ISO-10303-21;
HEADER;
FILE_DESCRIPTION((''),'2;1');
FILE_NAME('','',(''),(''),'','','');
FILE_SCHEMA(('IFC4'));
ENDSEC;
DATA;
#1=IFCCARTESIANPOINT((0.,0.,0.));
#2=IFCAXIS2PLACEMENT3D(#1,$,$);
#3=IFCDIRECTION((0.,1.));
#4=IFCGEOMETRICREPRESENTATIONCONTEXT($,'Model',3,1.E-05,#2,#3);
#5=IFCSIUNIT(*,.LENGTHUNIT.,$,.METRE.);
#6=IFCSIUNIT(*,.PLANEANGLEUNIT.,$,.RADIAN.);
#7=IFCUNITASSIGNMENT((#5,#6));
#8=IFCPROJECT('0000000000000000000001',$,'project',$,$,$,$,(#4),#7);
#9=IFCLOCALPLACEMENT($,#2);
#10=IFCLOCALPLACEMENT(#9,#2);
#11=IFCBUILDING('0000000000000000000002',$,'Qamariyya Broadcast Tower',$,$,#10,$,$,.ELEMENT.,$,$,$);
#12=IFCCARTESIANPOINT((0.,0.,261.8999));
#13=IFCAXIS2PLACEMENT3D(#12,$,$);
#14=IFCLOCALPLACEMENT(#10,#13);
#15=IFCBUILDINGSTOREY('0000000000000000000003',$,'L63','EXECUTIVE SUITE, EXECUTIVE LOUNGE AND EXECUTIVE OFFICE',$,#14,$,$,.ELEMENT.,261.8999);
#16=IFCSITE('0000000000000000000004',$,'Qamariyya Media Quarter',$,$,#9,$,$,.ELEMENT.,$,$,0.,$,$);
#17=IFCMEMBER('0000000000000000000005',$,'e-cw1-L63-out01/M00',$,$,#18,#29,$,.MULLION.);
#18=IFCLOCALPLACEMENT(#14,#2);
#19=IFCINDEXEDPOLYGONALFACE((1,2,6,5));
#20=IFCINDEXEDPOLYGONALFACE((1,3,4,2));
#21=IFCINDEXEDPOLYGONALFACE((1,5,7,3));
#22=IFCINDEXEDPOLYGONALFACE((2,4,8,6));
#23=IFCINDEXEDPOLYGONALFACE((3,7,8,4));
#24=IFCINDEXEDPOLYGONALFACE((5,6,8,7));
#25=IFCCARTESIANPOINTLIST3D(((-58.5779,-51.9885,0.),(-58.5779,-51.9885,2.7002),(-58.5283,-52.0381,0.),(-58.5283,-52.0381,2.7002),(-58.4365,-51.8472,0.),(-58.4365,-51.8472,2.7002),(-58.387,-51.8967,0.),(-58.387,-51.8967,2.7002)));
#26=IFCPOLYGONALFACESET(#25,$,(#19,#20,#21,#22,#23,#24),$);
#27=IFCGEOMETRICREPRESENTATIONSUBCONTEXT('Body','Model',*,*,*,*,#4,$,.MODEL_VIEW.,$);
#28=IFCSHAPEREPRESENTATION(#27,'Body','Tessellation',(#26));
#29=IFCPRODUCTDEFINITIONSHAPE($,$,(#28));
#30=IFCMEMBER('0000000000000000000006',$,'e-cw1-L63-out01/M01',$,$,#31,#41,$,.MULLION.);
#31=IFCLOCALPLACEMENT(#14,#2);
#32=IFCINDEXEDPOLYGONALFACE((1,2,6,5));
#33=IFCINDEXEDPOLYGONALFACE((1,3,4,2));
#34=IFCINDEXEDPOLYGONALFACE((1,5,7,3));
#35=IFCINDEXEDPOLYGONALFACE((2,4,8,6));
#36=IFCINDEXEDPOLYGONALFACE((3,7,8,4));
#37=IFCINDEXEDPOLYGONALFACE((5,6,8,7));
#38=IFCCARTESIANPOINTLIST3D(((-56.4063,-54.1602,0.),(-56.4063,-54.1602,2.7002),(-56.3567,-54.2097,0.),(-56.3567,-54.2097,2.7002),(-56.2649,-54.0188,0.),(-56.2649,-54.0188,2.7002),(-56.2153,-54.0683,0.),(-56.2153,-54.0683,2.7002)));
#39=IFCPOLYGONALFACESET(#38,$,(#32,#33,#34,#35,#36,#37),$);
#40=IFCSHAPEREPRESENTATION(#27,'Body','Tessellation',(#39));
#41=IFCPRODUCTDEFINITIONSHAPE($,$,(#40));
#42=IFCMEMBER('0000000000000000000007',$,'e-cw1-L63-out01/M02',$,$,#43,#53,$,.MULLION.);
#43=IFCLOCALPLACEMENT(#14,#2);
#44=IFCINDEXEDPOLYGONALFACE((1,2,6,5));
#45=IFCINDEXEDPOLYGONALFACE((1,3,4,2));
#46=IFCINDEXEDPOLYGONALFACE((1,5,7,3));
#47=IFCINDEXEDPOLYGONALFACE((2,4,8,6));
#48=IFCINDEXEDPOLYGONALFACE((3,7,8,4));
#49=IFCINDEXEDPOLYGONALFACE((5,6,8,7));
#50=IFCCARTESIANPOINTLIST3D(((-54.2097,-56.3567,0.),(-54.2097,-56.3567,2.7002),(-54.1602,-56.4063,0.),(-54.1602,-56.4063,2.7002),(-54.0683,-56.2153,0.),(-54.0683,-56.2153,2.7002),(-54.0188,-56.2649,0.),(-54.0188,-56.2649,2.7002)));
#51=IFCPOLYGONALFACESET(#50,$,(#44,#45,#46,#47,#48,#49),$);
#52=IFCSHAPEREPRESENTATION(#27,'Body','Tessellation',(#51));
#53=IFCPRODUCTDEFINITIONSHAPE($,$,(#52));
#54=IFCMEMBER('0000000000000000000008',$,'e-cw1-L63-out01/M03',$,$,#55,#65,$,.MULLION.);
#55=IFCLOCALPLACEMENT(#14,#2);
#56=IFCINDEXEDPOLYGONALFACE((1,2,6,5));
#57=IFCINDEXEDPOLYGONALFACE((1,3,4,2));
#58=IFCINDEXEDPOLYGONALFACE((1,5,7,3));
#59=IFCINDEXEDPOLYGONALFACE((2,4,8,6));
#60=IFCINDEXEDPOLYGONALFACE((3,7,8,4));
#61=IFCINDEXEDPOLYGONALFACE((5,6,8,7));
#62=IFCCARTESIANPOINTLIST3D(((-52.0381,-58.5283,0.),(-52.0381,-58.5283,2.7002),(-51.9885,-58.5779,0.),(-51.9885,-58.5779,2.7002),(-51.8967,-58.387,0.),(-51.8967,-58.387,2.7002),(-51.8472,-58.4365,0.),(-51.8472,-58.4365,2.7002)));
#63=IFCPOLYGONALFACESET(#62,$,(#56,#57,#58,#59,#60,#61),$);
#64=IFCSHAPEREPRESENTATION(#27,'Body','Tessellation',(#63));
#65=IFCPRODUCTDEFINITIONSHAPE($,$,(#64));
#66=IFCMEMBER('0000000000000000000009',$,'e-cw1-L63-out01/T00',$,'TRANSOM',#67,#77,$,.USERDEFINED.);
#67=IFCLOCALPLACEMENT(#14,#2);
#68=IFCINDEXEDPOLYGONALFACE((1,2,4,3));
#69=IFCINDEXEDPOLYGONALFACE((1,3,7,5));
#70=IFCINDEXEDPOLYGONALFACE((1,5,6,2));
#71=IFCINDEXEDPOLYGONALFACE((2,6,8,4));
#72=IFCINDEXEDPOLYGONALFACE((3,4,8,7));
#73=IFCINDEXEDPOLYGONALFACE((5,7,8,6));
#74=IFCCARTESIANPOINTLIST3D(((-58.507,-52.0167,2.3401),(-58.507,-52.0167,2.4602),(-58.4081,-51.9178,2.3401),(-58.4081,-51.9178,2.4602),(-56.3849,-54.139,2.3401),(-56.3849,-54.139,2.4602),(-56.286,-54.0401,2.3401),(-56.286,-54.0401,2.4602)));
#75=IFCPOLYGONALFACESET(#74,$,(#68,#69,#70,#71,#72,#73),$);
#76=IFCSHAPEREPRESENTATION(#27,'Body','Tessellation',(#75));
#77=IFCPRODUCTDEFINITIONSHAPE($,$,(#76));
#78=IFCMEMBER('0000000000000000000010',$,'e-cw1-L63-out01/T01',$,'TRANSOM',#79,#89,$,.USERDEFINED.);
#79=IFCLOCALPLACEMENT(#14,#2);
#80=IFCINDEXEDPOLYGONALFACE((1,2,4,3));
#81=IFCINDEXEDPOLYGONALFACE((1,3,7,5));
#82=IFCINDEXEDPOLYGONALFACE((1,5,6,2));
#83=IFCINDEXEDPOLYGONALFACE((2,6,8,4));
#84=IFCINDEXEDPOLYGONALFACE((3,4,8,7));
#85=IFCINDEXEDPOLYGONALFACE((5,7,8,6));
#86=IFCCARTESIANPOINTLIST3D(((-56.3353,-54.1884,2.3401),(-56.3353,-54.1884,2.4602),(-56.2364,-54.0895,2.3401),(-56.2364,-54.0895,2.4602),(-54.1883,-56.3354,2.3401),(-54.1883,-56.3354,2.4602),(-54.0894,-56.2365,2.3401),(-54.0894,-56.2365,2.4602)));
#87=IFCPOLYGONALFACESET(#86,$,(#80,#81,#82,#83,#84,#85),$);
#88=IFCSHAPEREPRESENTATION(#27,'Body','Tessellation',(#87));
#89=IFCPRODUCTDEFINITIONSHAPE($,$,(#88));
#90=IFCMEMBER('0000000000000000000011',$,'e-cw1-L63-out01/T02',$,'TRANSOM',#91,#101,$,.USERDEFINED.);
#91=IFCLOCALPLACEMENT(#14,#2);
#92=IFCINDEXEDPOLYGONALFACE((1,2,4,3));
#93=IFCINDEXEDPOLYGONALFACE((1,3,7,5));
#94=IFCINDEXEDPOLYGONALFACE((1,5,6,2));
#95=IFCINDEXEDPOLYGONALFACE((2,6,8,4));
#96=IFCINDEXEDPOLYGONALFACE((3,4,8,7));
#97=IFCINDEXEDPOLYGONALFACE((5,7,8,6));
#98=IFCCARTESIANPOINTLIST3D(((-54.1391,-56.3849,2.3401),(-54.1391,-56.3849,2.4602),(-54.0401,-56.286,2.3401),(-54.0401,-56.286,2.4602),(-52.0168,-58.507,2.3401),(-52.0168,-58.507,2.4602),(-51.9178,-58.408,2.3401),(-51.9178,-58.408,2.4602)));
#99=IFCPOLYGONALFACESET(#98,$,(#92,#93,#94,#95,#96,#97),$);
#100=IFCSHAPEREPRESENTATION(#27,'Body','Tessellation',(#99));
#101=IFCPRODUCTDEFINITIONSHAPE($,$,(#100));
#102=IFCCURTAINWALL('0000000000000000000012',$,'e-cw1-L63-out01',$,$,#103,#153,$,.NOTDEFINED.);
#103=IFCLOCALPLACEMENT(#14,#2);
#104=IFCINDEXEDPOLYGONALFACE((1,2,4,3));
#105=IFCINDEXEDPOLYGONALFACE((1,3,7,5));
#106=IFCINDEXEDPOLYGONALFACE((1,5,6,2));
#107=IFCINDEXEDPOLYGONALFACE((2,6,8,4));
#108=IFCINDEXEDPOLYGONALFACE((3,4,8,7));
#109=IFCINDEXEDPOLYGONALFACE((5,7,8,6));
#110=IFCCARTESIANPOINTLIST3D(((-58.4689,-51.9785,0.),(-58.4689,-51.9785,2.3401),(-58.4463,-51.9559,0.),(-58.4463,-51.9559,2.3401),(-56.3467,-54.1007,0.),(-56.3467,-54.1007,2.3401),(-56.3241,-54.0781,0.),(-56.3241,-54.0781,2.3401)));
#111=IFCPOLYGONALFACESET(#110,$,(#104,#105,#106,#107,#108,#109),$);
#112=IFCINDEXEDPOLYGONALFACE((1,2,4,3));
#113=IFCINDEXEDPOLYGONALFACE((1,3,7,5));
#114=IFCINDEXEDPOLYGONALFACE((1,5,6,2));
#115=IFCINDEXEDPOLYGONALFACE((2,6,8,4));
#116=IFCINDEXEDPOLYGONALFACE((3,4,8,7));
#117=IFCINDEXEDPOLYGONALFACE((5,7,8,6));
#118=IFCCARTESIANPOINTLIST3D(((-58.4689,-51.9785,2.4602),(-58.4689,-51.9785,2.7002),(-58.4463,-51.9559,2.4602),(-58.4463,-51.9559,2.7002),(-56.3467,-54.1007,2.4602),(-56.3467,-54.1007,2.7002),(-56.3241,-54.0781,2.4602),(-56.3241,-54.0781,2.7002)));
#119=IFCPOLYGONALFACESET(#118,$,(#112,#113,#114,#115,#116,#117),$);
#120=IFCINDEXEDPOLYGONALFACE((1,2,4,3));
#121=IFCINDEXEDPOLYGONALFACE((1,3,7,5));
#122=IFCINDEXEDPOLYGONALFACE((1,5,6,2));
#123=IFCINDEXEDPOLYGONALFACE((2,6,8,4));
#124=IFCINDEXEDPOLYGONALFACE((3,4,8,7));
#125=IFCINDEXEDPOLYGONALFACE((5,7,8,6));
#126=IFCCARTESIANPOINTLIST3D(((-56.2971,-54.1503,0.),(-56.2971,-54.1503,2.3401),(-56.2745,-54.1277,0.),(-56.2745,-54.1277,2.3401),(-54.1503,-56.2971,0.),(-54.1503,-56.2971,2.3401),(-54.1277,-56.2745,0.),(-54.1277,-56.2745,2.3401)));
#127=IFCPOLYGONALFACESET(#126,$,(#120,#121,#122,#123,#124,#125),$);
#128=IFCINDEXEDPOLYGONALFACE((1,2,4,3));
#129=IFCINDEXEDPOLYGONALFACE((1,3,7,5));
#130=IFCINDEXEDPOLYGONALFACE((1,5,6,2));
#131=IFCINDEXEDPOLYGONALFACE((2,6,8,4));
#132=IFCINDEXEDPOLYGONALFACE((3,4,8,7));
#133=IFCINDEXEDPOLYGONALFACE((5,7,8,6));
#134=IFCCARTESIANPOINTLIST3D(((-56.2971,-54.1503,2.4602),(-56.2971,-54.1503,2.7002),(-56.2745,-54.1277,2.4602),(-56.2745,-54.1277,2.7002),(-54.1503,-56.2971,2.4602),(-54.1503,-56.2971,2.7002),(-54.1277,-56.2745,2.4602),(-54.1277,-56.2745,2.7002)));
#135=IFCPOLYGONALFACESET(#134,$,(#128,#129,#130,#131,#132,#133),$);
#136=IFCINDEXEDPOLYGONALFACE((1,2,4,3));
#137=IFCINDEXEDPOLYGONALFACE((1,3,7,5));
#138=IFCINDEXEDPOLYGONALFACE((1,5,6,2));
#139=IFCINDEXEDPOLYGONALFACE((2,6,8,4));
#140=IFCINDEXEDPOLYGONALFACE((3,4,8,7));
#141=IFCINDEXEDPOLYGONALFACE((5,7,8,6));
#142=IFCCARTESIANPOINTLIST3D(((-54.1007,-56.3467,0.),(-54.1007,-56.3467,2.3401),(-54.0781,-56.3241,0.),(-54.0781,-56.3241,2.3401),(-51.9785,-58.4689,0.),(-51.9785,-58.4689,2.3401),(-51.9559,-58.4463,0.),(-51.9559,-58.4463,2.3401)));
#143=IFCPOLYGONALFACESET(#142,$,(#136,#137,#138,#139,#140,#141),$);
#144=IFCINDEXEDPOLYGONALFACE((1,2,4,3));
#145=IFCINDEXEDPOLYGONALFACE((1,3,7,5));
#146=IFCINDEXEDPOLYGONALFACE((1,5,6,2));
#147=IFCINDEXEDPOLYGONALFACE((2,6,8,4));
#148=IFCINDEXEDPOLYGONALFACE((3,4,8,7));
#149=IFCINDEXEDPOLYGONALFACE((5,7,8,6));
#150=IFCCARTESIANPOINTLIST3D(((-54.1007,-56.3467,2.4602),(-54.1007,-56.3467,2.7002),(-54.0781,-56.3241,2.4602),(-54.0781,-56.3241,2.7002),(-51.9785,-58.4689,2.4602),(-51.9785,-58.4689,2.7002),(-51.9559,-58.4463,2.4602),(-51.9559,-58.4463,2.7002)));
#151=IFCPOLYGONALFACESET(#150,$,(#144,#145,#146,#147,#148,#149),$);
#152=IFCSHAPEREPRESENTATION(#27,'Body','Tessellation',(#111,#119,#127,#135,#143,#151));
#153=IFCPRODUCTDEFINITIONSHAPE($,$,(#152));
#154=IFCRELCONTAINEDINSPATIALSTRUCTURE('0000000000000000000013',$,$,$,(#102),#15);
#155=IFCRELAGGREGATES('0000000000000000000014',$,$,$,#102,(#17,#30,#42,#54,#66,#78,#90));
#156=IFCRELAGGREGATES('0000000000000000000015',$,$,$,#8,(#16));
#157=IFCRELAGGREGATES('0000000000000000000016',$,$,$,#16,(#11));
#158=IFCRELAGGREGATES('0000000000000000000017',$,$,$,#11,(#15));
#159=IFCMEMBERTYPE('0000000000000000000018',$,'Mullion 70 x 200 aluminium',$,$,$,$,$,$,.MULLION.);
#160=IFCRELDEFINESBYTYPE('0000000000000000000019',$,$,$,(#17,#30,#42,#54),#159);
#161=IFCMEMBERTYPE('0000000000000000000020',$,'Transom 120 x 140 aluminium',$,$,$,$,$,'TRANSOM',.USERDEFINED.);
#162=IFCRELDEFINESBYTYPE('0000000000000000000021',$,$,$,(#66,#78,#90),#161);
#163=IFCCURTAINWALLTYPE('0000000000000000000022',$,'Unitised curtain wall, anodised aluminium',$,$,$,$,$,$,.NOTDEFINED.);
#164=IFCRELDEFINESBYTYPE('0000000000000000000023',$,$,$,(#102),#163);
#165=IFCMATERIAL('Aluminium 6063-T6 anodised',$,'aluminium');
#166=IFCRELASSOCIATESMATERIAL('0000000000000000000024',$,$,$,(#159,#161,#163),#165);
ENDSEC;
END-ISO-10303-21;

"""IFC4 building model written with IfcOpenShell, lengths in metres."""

from ifc_helpers import new_model, si_unit, direction, frame, origin, origin_2d, place, context, subcontext, project, spatial, rectangle, extrude, material, material_profile, profile_set, type_object, element, aggregate, save


model = new_model("IFC4")

# Units and contexts
model_context = context("Model", 3, precision=1e-05, world=origin(), true_north=direction((0.0, 1.0)))
body_context = subcontext(model_context, "Body", "Model", "MODEL_VIEW")
ifc_project = project(units=[si_unit("LENGTHUNIT", "METRE"), si_unit("PLANEANGLEUNIT", "RADIAN")], contexts=[model_context])

# Members
ifc_material = material(Name="Aluminium 6063-T6 anodised", Category="aluminium")
ifc_material_profile_1 = material_profile(ifc_material, rectangle(XDim=0.2, YDim=0.0701, at=origin_2d()))
ifc_profile_set_1 = profile_set([ifc_material_profile_1], Name="Aluminium 6063-T6 anodised")
member_type_1 = type_object("IfcMemberType", Name="Mullion 70 x 200 aluminium", PredefinedType="MULLION", material=ifc_profile_set_1)
site_placement = place(None, origin())
building_placement = place(site_placement, origin())
storey_placement = place(building_placement, frame((0.0, 0.0, 261.8999)))
member_1_placement = place(storey_placement, frame((-58.4824, -51.9426, 0.0), z_axis=(0.0, 0.0, 1.0), x_axis=(0.707107, 0.707107, 0.0)))
member_1 = element("IfcMember", 1, at=member_1_placement, type_object=member_type_1, Name="e-cw1-L63-out01/M00", PredefinedType="MULLION", context=body_context, shape_type="SweptSolid", body=[
    extrude(rectangle(XDim=0.2, YDim=0.0701, at=origin_2d()), origin(), (0.0, 0.0, 1.0), 2.7002),
])
member_2_placement = place(storey_placement, frame((-56.3108, -54.1143, 0.0), z_axis=(0.0, 0.0, 1.0), x_axis=(0.707107, 0.707107, 0.0)))
member_2 = element("IfcMember", 2, at=member_2_placement, type_object=member_type_1, Name="e-cw1-L63-out01/M01", PredefinedType="MULLION", context=body_context, shape_type="SweptSolid", body=[
    extrude(rectangle(XDim=0.2, YDim=0.0701, at=origin_2d()), origin(), (0.0, 0.0, 1.0), 2.7002),
])
member_3_placement = place(storey_placement, frame((-54.1143, -56.3108, 0.0), z_axis=(0.0, 0.0, 1.0), x_axis=(0.707107, 0.707107, 0.0)))
member_3 = element("IfcMember", 3, at=member_3_placement, type_object=member_type_1, Name="e-cw1-L63-out01/M02", PredefinedType="MULLION", context=body_context, shape_type="SweptSolid", body=[
    extrude(rectangle(XDim=0.2, YDim=0.0701, at=origin_2d()), origin(), (0.0, 0.0, 1.0), 2.7002),
])
member_4_placement = place(storey_placement, frame((-51.9426, -58.4824, 0.0), z_axis=(0.0, 0.0, 1.0), x_axis=(0.707107, 0.707107, 0.0)))
member_4 = element("IfcMember", 4, at=member_4_placement, type_object=member_type_1, Name="e-cw1-L63-out01/M03", PredefinedType="MULLION", context=body_context, shape_type="SweptSolid", body=[
    extrude(rectangle(XDim=0.2, YDim=0.0701, at=origin_2d()), origin(), (0.0, 0.0, 1.0), 2.7002),
])
ifc_material_profile_2 = material_profile(ifc_material, rectangle(XDim=0.1399, YDim=0.1201, at=origin_2d()))
ifc_profile_set_2 = profile_set([ifc_material_profile_2], Name="Aluminium 6063-T6 anodised")
member_type_2 = type_object("IfcMemberType", Name="Transom 120 x 140 aluminium", ElementType="TRANSOM", PredefinedType="USERDEFINED", material=ifc_profile_set_2)
member_5_placement = place(storey_placement, frame((-58.4575, -51.9673, 2.4001), z_axis=(0.707066, -0.707147, 0.0), x_axis=(0.707147, 0.707066, 0.0)))
member_5 = element("IfcMember", 5, at=member_5_placement, type_object=member_type_2, Name="e-cw1-L63-out01/T00", ObjectType="TRANSOM", PredefinedType="USERDEFINED", context=body_context, shape_type="SweptSolid", body=[
    extrude(rectangle(XDim=0.1399, YDim=0.1201, at=origin_2d()), origin(), (0.0, 0.0, 1.0), 3.0012),
])
member_6_placement = place(storey_placement, frame((-56.2859, -54.1389, 2.4001), z_axis=(0.707107, -0.707107, 0.0), x_axis=(0.707107, 0.707107, 0.0)))
member_6 = element("IfcMember", 6, at=member_6_placement, type_object=member_type_2, Name="e-cw1-L63-out01/T01", ObjectType="TRANSOM", PredefinedType="USERDEFINED", context=body_context, shape_type="SweptSolid", body=[
    extrude(rectangle(XDim=0.1399, YDim=0.1201, at=origin_2d()), origin(), (0.0, 0.0, 1.0), 3.0364),
])
member_7_placement = place(storey_placement, frame((-54.0896, -56.3354, 2.4001), z_axis=(0.707147, -0.707066, 0.0), x_axis=(0.707066, 0.707147, 0.0)))
member_7 = element("IfcMember", 7, at=member_7_placement, type_object=member_type_2, Name="e-cw1-L63-out01/T02", ObjectType="TRANSOM", PredefinedType="USERDEFINED", context=body_context, shape_type="SweptSolid", body=[
    extrude(rectangle(XDim=0.1399, YDim=0.1201, at=origin_2d()), origin(), (0.0, 0.0, 1.0), 3.0012),
])

# Site, building, storey
site = spatial("IfcSite", under=ifc_project, at=site_placement, Name="Qamariyya Media Quarter", CompositionType="ELEMENT", RefElevation=0.0)
building = spatial("IfcBuilding", under=site, at=building_placement, Name="Qamariyya Broadcast Tower", CompositionType="ELEMENT")
storey = spatial("IfcBuildingStorey", under=building, at=storey_placement, Name="L63", Description="EXECUTIVE SUITE, EXECUTIVE LOUNGE AND EXECUTIVE OFFICE", CompositionType="ELEMENT", Elevation=261.8999)

# Curtain wall
curtain_wall_type = type_object("IfcCurtainWallType", Name="Unitised curtain wall, anodised aluminium", PredefinedType="NOTDEFINED", material=ifc_material)
curtain_wall_1_placement = place(storey_placement, origin())
curtain_wall_1 = element("IfcCurtainWall", 8, at=curtain_wall_1_placement, inside=storey, type_object=curtain_wall_type, Name="e-cw1-L63-out01", PredefinedType="NOTDEFINED", context=body_context, shape_type="SweptSolid", body=[
    extrude(rectangle(XDim=3.0012, YDim=0.032, at=origin_2d()), frame((-57.3965, -53.0283, 0.0), x_axis=(0.707107, -0.707107, 0.0)), (0.0, 0.0, 1.0), 2.3401),
    extrude(rectangle(XDim=3.0012, YDim=0.032, at=origin_2d()), frame((-57.3965, -53.0283, 2.4602), x_axis=(0.707107, -0.707107, 0.0)), (0.0, 0.0, 1.0), 0.24),
    extrude(rectangle(XDim=3.0361, YDim=0.032, at=origin_2d()), frame((-55.2124, -55.2124, 0.0), x_axis=(0.707107, -0.707107, 0.0)), (0.0, 0.0, 1.0), 2.3401),
    extrude(rectangle(XDim=3.0361, YDim=0.032, at=origin_2d()), frame((-55.2124, -55.2124, 2.4602), x_axis=(0.707107, -0.707107, 0.0)), (0.0, 0.0, 1.0), 0.24),
    extrude(rectangle(XDim=3.0012, YDim=0.032, at=origin_2d()), frame((-53.0283, -57.3965, 0.0), x_axis=(0.707107, -0.707107, 0.0)), (0.0, 0.0, 1.0), 2.3401),
    extrude(rectangle(XDim=3.0012, YDim=0.032, at=origin_2d()), frame((-53.0283, -57.3965, 2.4602), x_axis=(0.707107, -0.707107, 0.0)), (0.0, 0.0, 1.0), 0.24),
])
aggregate(curtain_wall_1, [member_1, member_2, member_3, member_4, member_5, member_6, member_7])

save(model, "model.ifc")
